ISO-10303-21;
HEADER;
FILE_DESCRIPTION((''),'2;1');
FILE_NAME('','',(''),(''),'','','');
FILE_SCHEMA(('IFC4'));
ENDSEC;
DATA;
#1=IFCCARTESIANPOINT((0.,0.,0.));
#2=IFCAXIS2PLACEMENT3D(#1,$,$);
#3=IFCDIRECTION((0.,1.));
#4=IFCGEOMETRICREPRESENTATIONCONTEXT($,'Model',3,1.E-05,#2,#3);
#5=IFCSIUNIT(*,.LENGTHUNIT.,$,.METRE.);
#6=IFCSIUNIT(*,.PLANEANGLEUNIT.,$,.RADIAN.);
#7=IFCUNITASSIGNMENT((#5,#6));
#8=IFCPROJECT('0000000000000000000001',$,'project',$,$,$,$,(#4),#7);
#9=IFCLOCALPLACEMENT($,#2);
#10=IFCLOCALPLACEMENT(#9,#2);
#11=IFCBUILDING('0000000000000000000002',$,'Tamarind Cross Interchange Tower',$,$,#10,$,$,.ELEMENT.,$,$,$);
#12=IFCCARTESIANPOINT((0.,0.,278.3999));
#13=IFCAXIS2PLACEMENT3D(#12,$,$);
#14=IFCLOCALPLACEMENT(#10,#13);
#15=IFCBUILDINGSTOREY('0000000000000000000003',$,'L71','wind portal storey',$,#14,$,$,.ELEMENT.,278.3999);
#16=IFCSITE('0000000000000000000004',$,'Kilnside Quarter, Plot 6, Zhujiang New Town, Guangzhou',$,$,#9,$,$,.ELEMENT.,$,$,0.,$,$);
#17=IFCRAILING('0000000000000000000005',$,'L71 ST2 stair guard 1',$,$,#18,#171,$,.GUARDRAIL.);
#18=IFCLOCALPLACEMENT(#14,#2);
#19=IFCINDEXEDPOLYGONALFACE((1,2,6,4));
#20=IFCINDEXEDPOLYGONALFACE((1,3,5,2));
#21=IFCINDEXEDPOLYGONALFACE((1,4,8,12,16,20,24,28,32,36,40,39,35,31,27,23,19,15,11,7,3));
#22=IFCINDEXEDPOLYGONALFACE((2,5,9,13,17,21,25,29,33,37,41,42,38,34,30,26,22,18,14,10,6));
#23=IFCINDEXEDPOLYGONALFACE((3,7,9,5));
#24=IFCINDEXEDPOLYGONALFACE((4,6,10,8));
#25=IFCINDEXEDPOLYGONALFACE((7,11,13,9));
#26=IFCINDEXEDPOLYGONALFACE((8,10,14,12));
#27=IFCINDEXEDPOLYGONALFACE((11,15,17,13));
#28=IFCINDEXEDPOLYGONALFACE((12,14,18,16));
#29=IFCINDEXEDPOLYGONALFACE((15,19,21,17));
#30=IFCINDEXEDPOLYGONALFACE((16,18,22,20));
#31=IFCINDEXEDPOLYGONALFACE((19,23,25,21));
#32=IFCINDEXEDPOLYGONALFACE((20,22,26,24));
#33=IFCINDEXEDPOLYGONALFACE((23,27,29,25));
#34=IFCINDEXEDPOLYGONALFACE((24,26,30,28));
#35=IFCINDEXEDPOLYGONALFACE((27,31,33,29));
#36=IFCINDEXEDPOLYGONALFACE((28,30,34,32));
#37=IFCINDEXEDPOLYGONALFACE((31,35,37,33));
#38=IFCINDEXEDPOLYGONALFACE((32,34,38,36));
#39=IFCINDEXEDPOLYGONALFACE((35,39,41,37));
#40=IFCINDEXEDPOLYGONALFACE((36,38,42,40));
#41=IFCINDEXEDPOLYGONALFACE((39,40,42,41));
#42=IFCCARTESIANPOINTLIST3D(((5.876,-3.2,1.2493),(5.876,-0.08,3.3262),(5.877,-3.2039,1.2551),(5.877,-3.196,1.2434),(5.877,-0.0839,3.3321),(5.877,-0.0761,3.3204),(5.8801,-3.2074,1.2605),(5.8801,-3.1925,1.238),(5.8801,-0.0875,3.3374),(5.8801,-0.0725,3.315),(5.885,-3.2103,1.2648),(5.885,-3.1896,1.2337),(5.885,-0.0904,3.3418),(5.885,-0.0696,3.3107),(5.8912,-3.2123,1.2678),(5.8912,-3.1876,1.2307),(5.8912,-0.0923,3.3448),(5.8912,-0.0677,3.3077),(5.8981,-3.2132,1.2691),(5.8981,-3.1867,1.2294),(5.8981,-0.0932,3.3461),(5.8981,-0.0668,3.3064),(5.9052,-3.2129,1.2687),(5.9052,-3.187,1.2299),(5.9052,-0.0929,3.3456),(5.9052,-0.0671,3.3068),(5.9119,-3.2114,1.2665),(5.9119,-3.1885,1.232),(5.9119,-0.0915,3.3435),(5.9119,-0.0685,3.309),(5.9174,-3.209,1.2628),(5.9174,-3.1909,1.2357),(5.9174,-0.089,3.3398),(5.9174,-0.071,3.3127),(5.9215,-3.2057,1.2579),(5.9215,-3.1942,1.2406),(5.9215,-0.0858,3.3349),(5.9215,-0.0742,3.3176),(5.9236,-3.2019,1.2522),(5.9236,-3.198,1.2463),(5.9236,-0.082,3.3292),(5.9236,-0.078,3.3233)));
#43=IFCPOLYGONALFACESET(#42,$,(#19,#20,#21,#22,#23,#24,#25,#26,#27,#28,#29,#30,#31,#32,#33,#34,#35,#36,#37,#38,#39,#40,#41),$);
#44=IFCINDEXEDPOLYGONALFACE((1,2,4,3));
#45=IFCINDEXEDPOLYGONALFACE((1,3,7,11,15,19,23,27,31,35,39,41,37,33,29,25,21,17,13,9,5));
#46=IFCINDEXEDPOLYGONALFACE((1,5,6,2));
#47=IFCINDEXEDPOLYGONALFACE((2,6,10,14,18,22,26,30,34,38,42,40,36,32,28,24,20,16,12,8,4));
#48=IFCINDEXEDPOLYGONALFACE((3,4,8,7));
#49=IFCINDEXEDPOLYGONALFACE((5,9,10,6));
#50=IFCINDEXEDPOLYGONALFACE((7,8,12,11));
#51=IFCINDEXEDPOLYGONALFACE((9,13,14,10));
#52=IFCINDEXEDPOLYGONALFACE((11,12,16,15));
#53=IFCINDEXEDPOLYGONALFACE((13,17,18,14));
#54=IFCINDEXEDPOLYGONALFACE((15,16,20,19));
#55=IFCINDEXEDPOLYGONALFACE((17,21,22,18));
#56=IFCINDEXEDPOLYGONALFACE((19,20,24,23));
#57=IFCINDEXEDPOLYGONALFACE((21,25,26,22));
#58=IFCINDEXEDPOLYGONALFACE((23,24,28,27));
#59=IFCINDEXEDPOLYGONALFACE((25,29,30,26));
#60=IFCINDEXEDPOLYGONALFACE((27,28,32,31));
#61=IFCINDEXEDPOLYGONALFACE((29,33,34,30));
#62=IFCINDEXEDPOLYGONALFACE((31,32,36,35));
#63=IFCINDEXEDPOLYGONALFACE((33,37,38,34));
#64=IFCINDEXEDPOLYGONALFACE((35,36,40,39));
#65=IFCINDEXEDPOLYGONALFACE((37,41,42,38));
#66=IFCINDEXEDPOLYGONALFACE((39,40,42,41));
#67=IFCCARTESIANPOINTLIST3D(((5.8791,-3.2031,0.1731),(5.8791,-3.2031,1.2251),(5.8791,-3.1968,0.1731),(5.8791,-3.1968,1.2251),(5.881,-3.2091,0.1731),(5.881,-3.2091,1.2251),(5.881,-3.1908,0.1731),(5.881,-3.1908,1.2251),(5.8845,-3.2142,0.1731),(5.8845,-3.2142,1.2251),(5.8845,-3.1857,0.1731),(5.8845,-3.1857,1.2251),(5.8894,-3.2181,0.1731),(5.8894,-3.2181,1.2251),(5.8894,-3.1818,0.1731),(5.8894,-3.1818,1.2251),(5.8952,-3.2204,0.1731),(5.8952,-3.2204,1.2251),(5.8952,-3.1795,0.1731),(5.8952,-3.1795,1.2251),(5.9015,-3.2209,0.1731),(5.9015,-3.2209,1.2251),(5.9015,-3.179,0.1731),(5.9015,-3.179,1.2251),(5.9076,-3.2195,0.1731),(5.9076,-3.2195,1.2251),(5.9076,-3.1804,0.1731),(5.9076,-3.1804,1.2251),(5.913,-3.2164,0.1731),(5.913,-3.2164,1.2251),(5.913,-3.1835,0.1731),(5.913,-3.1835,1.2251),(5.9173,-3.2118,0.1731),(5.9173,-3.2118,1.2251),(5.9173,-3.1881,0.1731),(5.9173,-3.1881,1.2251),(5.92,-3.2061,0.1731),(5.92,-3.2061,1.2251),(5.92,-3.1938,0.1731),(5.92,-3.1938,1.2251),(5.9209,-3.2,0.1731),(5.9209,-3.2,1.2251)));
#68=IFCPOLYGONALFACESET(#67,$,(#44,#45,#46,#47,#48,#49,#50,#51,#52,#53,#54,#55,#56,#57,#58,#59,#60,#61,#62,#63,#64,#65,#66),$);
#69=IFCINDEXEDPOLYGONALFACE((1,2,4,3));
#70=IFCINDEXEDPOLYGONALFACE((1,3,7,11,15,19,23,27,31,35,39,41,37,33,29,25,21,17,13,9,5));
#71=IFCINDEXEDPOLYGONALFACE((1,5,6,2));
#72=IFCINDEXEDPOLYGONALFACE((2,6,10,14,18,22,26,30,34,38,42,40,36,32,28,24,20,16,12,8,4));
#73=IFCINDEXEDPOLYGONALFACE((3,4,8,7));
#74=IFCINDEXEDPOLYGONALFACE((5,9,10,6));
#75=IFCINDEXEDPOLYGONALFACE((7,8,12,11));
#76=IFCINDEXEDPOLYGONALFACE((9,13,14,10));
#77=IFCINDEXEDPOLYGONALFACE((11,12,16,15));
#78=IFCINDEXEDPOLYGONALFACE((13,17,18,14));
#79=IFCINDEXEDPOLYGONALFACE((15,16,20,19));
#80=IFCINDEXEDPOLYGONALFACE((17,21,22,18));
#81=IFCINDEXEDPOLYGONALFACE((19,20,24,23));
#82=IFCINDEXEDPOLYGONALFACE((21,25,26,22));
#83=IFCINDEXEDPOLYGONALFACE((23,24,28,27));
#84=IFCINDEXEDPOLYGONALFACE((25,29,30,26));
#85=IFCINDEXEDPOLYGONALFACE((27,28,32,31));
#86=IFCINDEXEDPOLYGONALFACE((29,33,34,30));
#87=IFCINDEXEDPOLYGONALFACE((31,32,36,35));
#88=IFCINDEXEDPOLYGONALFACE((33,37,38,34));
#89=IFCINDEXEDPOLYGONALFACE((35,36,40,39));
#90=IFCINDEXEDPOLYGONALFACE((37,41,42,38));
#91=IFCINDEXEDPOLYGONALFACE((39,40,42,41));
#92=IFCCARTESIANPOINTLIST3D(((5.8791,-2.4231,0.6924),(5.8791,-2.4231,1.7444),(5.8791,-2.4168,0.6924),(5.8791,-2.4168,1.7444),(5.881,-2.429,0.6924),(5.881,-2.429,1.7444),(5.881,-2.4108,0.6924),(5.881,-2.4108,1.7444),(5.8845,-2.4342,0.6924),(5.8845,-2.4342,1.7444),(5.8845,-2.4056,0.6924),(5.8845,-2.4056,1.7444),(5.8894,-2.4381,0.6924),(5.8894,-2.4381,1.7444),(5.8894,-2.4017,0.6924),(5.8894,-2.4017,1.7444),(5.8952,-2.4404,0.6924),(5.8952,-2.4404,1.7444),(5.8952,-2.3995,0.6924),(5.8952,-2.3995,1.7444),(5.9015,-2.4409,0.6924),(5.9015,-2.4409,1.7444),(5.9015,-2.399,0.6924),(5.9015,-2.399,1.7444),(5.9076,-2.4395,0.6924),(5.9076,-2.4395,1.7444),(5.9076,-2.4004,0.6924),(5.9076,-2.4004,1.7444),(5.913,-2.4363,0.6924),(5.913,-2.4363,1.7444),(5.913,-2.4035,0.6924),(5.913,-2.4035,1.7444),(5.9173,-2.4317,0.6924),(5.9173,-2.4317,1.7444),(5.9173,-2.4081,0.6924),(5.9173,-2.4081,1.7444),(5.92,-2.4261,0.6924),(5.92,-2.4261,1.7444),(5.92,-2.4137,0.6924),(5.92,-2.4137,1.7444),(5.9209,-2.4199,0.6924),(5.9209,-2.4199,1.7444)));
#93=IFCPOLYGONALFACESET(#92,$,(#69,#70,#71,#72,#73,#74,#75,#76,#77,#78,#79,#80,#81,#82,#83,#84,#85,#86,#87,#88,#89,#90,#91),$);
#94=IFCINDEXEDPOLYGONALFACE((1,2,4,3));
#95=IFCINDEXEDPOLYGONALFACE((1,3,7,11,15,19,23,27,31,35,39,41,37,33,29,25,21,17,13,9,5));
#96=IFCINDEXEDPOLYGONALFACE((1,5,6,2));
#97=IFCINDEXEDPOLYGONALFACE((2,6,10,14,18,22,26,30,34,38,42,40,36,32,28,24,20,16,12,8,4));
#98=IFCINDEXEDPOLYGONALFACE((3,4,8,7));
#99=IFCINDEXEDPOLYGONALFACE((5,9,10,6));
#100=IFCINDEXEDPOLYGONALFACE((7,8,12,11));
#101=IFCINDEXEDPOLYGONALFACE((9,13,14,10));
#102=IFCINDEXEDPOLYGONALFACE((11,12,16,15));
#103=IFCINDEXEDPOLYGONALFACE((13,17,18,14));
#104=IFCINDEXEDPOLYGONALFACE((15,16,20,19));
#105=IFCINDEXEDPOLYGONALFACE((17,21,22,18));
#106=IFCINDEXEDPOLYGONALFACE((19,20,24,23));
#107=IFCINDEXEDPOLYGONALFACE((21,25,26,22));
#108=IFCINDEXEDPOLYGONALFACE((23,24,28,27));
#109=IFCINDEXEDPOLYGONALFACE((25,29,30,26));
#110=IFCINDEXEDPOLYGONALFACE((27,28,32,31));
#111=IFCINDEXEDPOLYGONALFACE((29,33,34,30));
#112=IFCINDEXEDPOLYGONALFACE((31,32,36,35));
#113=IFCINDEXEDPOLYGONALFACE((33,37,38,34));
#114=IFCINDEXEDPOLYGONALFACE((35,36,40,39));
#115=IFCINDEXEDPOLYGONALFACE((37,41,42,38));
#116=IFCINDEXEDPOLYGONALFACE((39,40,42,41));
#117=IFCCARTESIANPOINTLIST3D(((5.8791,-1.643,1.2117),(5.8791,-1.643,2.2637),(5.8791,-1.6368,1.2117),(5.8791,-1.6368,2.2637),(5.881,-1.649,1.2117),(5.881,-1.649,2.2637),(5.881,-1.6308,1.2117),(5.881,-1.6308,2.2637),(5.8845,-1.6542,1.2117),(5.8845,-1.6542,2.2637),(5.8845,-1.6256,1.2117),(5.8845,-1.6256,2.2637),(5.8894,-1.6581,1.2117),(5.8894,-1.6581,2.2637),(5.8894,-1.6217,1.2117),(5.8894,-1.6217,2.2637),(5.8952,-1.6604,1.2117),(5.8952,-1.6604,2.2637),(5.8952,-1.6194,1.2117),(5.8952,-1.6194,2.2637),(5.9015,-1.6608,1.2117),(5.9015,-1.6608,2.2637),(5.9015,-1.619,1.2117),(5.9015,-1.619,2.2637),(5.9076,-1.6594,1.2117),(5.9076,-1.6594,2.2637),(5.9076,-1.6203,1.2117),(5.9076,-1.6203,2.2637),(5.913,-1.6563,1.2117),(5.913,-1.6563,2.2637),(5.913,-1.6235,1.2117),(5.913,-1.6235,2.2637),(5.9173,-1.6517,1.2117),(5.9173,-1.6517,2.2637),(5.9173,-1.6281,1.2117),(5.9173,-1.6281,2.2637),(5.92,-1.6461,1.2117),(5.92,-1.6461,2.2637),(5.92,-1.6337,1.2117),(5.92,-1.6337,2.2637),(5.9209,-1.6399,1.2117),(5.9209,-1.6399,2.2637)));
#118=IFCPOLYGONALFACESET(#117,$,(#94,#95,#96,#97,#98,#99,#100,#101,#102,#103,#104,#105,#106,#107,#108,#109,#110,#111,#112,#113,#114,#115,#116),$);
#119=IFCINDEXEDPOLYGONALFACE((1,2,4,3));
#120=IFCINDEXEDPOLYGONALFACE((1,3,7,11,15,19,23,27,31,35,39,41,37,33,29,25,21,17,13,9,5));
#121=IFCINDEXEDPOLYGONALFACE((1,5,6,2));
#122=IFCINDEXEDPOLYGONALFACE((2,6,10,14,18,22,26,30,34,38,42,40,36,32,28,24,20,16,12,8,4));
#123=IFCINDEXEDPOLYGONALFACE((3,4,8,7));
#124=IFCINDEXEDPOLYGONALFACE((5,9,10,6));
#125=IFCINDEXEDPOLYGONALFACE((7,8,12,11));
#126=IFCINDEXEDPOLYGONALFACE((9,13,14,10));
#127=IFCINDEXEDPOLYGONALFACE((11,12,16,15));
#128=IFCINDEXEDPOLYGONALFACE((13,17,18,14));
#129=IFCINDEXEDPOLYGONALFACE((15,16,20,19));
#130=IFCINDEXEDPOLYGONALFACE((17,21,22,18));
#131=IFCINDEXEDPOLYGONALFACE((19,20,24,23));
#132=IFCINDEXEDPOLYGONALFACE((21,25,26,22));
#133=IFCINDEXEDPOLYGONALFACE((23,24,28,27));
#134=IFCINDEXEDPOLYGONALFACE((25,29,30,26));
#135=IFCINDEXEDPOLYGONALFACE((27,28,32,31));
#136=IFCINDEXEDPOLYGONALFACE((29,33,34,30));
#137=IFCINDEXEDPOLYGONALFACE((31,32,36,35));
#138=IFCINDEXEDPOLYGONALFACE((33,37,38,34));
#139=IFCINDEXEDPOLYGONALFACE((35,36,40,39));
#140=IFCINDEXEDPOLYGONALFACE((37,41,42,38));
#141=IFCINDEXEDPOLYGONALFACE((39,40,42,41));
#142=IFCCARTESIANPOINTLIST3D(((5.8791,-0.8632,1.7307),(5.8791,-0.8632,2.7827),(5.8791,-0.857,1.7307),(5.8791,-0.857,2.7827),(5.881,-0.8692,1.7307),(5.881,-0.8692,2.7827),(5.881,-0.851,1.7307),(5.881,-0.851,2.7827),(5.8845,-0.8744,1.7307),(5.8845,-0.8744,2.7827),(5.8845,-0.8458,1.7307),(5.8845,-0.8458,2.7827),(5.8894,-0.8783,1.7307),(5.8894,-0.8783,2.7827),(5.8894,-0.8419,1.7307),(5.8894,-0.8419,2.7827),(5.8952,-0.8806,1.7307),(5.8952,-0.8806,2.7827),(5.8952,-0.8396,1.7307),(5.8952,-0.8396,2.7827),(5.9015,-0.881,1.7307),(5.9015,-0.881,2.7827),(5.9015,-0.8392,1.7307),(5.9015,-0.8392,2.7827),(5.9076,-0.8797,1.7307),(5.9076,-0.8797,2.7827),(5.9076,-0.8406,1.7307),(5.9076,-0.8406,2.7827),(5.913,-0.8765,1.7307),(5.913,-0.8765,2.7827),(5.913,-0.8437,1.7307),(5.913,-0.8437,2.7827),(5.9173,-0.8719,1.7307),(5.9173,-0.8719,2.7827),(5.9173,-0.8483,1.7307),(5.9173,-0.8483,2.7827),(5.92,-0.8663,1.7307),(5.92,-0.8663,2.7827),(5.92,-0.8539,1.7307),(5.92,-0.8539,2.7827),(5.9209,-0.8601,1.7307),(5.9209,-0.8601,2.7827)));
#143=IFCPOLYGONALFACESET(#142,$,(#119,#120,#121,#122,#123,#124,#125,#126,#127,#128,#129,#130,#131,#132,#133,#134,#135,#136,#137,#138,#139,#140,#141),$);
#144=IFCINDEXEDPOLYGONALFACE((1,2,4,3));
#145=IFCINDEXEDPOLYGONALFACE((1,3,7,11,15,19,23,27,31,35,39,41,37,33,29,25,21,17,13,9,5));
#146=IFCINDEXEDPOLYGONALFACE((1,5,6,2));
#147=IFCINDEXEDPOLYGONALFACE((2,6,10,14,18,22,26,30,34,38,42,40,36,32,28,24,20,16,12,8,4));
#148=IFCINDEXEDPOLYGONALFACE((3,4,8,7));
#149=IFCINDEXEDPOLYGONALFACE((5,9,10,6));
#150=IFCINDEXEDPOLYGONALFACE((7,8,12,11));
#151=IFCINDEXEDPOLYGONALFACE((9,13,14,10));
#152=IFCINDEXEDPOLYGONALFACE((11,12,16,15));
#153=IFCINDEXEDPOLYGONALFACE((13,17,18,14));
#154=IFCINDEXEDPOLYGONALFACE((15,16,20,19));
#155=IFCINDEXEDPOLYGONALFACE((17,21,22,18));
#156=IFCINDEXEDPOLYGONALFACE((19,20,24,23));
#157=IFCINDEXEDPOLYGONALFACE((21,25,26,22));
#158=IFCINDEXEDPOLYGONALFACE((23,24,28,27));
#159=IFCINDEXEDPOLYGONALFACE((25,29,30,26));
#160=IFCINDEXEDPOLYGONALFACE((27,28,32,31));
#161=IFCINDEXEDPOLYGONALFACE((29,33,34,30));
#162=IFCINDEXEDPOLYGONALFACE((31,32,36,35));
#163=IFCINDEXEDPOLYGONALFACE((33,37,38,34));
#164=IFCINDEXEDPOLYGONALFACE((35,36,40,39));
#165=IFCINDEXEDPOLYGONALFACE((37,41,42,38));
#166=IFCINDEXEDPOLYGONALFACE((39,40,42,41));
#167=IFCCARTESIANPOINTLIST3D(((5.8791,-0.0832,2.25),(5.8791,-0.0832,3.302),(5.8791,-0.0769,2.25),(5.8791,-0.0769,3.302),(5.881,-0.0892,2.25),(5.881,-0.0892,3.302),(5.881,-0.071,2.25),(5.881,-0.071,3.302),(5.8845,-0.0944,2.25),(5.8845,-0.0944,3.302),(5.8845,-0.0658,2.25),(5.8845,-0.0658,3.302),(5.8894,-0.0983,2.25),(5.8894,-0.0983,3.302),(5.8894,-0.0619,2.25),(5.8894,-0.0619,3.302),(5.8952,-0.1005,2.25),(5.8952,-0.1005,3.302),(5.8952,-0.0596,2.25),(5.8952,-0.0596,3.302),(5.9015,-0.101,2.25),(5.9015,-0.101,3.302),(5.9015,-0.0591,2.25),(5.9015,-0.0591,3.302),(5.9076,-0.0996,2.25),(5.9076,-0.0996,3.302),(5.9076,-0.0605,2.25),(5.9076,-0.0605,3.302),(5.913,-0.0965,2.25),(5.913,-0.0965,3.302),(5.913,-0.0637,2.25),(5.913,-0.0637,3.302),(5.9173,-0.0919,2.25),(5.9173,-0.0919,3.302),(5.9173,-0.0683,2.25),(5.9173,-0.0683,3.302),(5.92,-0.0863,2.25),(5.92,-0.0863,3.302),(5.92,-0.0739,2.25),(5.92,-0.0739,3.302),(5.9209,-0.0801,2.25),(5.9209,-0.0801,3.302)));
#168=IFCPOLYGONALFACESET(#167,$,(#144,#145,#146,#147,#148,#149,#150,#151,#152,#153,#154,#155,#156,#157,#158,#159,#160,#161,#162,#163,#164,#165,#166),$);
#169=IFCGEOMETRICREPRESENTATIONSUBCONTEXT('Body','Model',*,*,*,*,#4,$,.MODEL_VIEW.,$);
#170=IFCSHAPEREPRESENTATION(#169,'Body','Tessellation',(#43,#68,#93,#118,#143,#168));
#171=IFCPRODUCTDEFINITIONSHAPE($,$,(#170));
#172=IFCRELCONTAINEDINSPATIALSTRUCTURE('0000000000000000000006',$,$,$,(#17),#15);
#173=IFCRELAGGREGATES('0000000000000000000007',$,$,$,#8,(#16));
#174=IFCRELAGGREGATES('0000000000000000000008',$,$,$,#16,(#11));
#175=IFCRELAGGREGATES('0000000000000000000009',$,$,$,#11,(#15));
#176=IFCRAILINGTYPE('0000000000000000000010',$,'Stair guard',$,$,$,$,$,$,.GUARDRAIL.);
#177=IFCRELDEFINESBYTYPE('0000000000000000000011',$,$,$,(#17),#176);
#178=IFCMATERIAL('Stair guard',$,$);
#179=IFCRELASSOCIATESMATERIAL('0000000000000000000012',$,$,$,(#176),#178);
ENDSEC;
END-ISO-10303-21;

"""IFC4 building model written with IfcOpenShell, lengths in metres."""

from ifc_helpers import new_model, si_unit, direction, frame, origin, origin_2d, place, context, subcontext, project, spatial, circle, extrude, material, type_object, element, save


model = new_model("IFC4")

# Units and contexts
model_context = context("Model", 3, precision=1e-05, world=origin(), true_north=direction((0.0, 1.0)))
body_context = subcontext(model_context, "Body", "Model", "MODEL_VIEW")
ifc_project = project(units=[si_unit("LENGTHUNIT", "METRE"), si_unit("PLANEANGLEUNIT", "RADIAN")], contexts=[model_context])

# Site, building, storey
site_placement = place(None, origin())
site = spatial("IfcSite", under=ifc_project, at=site_placement, Name="Kilnside Quarter, Plot 6, Zhujiang New Town, Guangzhou", CompositionType="ELEMENT", RefElevation=0.0)
building_placement = place(site_placement, origin())
building = spatial("IfcBuilding", under=site, at=building_placement, Name="Tamarind Cross Interchange Tower", CompositionType="ELEMENT")
storey_placement = place(building_placement, frame((0.0, 0.0, 278.3999)))
storey = spatial("IfcBuildingStorey", under=building, at=storey_placement, Name="L71", Description="wind portal storey", CompositionType="ELEMENT", Elevation=278.3999)

# Railing
ifc_material_1 = material(Name="Stair guard")
railing_type_1 = type_object("IfcRailingType", Name="Stair guard", PredefinedType="GUARDRAIL", material=ifc_material_1)
railing_1_placement = place(storey_placement, frame((5.8999, -3.2, 0.1731)))
element("IfcRailing", 1, at=railing_1_placement, inside=storey, type_object=railing_type_1, Name="L71 ST2 stair guard 1", PredefinedType="GUARDRAIL", context=body_context, shape_type="SweptSolid", body=[
    extrude(circle(Radius=0.0239, at=origin_2d()), frame((0.0, 0.0, 1.0762), z_axis=(0.0, 0.832421, 0.554144), x_axis=(-1.0, 0.0, 0.0)), (0.0, 0.0, 1.0), 3.748),
    extrude(circle(Radius=0.021, at=origin_2d()), origin(), (0.0, 0.0, 1.0), 1.052),
    extrude(circle(Radius=0.021, at=origin_2d()), frame((0.0, 0.78, 0.5193)), (0.0, 0.0, 1.0), 1.052),
    extrude(circle(Radius=0.021, at=origin_2d()), frame((0.0, 1.5601, 1.0386)), (0.0, 0.0, 1.0), 1.052),
    extrude(circle(Radius=0.021, at=origin_2d()), frame((0.0, 2.3398, 1.5576)), (0.0, 0.0, 1.0), 1.052),
    extrude(circle(Radius=0.021, at=origin_2d()), frame((0.0, 3.1199, 2.0769)), (0.0, 0.0, 1.0), 1.052),
])

save(model, "model.ifc")
